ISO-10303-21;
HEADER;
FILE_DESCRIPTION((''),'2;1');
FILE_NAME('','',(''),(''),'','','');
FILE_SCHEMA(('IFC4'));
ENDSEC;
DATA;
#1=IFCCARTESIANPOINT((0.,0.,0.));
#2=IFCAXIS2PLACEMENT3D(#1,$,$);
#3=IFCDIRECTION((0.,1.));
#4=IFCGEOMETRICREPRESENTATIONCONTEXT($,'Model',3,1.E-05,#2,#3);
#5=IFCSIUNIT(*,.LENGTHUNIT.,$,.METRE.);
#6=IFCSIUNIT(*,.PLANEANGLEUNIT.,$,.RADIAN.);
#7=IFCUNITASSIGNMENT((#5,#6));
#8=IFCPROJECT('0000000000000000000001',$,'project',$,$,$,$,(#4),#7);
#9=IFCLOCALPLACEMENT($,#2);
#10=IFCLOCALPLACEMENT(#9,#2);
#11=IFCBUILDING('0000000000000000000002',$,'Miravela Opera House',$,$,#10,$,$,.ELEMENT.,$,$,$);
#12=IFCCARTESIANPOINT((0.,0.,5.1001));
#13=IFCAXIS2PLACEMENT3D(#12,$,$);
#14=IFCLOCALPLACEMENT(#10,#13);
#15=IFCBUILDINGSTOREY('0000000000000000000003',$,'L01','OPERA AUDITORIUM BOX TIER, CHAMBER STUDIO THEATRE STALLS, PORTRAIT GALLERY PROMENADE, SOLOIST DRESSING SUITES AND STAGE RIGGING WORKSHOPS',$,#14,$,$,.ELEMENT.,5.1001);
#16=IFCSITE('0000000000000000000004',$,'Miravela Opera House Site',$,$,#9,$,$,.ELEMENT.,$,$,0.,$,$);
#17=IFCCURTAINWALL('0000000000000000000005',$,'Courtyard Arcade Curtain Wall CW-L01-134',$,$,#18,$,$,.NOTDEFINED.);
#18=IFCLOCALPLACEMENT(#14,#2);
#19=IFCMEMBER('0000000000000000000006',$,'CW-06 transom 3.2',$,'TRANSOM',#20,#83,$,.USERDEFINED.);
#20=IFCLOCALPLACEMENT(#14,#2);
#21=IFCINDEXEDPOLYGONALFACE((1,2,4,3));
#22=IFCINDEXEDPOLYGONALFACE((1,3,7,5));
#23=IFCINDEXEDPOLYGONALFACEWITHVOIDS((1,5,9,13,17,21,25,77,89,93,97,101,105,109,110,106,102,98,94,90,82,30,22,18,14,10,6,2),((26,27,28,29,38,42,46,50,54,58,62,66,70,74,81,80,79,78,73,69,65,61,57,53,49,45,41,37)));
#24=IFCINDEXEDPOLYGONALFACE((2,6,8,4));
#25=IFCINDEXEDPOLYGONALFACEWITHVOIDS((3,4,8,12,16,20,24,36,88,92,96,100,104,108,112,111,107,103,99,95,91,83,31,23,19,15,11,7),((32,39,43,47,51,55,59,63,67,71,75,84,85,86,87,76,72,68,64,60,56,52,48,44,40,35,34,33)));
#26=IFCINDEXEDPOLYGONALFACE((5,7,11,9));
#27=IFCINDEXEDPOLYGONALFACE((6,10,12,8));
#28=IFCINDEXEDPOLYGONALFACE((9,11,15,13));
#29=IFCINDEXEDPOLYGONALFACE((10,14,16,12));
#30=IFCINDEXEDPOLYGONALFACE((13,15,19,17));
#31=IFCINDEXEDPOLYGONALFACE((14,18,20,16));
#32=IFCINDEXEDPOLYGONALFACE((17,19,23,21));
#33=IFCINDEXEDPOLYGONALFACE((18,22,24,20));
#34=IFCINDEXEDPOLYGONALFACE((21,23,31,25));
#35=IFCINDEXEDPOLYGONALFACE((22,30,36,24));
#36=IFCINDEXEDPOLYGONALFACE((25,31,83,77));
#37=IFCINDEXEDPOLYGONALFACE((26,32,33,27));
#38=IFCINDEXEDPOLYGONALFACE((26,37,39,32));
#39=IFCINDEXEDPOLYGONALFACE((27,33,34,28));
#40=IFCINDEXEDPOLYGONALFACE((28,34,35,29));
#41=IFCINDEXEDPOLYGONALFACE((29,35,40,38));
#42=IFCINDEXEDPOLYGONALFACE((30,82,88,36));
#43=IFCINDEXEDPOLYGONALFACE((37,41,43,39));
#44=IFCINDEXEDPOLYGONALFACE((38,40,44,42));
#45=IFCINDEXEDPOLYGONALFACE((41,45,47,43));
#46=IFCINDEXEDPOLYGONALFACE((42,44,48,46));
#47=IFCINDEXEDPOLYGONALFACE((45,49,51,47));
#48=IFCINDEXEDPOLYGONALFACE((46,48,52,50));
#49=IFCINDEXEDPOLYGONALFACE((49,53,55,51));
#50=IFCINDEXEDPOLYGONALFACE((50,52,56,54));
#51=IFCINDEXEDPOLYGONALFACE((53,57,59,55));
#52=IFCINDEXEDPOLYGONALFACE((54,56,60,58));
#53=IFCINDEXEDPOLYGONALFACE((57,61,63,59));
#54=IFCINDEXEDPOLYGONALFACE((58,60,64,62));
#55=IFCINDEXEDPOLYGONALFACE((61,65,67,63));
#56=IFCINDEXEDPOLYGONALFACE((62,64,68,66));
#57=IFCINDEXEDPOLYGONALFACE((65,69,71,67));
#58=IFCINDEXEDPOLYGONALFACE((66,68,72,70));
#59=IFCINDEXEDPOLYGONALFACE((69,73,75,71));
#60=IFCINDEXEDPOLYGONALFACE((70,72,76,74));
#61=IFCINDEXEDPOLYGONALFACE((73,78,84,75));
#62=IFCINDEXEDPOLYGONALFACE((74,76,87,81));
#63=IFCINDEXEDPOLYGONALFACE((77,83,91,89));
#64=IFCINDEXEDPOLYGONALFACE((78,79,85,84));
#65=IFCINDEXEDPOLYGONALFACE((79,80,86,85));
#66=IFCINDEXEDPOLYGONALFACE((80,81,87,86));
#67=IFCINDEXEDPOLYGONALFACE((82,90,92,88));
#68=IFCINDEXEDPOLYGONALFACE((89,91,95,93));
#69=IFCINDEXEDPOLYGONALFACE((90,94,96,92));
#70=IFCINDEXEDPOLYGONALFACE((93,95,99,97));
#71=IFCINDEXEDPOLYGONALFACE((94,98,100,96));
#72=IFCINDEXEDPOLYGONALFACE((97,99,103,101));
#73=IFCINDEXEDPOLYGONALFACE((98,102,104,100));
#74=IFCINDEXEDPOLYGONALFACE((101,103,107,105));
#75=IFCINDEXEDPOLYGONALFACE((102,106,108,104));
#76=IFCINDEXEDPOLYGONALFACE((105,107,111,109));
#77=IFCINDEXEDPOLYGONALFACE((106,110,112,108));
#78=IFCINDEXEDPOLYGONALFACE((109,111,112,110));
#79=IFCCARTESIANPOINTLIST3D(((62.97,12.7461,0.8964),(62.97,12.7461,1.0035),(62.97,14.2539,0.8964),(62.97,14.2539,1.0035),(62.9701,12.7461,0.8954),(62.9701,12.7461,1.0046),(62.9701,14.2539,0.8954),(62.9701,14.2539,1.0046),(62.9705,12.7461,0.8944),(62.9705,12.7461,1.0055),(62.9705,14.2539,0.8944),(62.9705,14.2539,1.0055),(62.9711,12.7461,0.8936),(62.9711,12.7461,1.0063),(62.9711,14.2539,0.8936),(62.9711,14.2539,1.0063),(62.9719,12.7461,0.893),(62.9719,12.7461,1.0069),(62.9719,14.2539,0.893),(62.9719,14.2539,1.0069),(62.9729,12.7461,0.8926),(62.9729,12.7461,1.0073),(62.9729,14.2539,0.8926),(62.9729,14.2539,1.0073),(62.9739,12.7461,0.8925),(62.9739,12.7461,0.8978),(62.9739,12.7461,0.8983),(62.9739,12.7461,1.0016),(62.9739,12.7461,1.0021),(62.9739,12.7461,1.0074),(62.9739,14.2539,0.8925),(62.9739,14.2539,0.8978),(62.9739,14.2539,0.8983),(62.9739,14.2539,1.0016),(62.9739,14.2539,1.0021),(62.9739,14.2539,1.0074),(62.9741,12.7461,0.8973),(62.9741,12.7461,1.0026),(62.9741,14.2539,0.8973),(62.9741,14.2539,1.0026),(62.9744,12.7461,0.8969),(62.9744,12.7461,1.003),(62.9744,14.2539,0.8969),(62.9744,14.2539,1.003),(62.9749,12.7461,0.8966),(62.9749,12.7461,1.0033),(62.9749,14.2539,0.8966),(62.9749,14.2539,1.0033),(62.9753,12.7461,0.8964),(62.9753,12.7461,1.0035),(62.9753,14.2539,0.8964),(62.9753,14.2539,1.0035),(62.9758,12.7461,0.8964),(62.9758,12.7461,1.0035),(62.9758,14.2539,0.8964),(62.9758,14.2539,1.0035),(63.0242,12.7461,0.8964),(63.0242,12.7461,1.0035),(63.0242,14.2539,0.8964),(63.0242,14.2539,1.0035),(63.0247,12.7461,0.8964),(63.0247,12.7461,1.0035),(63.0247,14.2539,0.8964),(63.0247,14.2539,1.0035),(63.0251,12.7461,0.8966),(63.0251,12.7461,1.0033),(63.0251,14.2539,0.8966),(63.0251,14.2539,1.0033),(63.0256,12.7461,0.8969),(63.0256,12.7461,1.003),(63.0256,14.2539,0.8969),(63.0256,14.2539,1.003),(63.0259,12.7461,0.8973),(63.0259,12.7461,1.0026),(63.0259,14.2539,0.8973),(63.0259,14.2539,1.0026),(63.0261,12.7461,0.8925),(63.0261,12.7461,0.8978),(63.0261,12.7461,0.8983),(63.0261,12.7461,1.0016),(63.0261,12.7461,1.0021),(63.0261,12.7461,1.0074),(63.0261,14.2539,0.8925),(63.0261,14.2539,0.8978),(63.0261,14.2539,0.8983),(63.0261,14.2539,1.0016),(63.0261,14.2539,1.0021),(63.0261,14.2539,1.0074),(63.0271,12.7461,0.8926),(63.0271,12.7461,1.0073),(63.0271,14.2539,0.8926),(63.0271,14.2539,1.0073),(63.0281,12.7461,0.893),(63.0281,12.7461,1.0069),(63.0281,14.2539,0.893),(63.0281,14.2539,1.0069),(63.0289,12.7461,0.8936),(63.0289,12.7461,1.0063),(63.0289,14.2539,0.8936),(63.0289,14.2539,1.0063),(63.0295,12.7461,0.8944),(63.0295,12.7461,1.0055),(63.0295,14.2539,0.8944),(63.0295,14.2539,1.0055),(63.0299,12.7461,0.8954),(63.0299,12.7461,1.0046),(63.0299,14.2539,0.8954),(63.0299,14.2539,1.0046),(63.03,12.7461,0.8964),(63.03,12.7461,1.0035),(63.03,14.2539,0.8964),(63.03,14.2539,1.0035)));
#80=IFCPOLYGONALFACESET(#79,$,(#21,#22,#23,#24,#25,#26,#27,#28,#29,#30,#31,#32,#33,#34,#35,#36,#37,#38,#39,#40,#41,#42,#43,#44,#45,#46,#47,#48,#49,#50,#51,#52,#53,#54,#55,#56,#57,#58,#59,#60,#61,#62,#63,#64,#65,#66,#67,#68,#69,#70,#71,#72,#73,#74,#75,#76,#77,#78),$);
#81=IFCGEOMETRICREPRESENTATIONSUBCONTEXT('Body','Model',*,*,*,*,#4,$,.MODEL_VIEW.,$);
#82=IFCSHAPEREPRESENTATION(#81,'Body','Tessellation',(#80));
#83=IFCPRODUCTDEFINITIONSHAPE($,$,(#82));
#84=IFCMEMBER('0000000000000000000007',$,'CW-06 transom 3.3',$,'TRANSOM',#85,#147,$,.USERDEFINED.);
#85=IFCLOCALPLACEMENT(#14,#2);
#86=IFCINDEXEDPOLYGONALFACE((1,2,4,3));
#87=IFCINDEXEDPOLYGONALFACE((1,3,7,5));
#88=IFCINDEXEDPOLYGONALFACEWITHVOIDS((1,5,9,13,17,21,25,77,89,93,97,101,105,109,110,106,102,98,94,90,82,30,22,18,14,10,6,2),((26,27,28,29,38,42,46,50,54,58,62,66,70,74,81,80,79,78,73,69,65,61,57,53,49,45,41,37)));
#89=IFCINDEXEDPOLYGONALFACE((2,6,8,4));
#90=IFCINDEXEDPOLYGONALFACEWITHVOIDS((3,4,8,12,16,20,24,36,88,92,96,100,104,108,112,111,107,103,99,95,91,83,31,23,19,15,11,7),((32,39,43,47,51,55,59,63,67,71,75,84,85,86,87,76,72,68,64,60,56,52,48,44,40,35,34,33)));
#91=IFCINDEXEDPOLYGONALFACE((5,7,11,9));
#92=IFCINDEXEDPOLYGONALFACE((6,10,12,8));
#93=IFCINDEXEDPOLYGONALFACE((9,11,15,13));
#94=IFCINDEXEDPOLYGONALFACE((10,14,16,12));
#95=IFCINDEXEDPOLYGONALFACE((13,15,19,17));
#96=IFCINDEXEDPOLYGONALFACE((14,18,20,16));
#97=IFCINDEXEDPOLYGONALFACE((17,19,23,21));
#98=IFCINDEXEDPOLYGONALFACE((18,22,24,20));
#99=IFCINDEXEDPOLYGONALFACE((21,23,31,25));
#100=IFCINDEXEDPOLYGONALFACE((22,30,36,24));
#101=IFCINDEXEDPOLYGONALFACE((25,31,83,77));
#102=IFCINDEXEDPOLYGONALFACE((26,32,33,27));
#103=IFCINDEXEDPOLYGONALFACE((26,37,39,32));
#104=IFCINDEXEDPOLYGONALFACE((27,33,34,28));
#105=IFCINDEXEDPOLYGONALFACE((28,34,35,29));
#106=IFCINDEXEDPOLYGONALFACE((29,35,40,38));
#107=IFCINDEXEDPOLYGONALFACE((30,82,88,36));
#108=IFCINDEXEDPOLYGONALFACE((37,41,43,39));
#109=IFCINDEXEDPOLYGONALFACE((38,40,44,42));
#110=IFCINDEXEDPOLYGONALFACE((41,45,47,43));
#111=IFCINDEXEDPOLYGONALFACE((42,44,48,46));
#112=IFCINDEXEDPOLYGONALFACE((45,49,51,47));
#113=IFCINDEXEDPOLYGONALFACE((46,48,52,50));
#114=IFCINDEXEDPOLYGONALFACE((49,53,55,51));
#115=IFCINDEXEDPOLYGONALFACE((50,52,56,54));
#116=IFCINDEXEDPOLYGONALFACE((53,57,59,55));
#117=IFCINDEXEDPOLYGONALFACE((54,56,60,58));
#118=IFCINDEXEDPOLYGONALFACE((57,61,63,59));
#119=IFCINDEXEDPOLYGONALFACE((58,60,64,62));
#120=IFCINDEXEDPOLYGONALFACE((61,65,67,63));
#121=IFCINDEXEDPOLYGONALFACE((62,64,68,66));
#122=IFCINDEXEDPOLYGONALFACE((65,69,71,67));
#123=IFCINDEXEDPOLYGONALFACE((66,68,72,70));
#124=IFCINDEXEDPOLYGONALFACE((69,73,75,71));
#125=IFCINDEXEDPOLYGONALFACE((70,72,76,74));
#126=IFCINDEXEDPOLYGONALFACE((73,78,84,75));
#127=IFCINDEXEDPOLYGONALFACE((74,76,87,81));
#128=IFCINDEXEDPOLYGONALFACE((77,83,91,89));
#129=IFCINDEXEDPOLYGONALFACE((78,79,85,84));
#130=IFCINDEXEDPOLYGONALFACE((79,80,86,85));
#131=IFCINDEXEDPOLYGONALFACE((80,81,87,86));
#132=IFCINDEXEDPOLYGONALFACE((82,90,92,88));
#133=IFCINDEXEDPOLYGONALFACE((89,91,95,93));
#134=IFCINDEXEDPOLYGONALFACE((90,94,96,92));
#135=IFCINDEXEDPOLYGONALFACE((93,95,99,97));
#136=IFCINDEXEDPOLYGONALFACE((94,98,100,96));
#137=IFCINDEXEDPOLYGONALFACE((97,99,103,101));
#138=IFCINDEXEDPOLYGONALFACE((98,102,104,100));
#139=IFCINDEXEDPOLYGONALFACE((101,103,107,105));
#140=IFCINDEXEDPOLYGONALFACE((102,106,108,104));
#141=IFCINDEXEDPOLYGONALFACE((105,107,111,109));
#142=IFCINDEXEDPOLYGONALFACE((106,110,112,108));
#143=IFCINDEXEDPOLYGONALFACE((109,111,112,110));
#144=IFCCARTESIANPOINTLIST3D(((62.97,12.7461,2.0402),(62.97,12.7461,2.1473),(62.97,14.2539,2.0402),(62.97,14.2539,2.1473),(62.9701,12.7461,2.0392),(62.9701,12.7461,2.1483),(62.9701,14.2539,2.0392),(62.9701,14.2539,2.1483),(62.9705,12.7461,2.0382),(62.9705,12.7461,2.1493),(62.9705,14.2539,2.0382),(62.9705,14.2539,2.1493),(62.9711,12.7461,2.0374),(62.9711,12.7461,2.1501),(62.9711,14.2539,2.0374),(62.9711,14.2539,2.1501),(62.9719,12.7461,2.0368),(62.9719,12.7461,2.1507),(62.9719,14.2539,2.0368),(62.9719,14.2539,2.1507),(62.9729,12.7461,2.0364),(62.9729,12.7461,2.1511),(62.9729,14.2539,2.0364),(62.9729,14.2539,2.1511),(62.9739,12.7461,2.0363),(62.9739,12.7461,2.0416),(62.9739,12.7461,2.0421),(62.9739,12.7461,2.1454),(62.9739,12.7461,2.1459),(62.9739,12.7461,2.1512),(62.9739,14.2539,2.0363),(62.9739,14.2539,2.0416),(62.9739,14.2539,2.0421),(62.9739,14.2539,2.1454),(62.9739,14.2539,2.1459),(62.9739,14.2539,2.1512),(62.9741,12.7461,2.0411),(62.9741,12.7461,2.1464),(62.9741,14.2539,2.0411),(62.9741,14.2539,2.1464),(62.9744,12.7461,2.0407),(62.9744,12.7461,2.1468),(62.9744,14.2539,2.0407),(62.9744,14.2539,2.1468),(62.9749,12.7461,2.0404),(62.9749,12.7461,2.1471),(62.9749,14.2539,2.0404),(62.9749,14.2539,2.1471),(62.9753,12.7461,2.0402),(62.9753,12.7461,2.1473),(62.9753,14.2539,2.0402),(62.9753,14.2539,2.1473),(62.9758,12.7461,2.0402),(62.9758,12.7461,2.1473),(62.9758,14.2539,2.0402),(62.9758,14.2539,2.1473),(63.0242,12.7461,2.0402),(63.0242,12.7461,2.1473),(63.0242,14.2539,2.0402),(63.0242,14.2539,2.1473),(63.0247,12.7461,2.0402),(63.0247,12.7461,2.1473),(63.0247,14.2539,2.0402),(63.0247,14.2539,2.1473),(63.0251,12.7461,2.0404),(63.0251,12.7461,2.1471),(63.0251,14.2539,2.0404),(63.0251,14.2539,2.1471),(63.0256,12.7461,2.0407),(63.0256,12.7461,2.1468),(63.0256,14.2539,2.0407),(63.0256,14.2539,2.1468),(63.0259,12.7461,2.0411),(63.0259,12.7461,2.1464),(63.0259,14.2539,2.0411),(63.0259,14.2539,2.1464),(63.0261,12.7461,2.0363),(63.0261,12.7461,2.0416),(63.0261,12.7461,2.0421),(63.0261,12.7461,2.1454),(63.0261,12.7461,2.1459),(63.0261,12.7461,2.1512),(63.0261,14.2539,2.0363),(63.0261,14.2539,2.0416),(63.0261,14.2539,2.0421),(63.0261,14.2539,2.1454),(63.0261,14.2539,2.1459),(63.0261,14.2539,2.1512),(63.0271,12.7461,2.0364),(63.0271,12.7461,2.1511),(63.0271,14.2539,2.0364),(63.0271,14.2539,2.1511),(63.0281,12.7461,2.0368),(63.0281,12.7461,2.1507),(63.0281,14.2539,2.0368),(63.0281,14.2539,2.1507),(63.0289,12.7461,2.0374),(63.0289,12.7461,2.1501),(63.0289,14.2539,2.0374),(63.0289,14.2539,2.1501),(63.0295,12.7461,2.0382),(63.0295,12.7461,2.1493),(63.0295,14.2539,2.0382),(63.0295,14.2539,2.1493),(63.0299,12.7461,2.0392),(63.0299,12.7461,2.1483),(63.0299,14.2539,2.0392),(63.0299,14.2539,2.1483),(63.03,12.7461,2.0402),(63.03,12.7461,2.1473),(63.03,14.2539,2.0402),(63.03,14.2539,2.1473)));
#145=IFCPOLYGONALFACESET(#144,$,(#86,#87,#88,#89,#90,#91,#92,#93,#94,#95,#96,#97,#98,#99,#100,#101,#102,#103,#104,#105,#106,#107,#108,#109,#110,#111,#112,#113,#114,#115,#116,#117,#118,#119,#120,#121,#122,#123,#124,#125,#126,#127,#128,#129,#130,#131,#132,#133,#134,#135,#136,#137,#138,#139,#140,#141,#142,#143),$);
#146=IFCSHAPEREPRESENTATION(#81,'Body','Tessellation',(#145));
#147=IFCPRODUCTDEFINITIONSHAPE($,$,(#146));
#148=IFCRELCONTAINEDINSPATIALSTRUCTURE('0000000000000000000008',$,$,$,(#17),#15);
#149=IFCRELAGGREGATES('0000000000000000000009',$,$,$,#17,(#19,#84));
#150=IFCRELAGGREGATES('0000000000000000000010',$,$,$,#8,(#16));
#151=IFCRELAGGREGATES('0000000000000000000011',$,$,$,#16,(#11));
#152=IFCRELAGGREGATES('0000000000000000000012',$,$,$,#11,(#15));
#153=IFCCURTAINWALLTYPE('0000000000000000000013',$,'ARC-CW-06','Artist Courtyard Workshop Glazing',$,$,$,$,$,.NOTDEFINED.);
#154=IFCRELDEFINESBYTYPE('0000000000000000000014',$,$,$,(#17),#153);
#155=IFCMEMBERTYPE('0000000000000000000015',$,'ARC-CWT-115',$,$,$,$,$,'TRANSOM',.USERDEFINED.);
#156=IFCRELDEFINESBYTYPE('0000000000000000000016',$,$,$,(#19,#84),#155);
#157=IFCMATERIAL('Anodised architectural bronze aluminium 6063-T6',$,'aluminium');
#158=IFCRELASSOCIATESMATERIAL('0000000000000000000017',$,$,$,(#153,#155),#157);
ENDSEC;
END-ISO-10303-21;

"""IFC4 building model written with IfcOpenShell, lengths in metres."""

from ifc_helpers import new_model, si_unit, direction, frame, origin, origin_2d, place, context, subcontext, project, spatial, hollow_rectangle, extrude, material, material_profile, profile_set, type_object, element, aggregate, save


model = new_model("IFC4")

# Units and contexts
model_context = context("Model", 3, precision=1e-05, world=origin(), true_north=direction((0.0, 1.0)))
body_context = subcontext(model_context, "Body", "Model", "MODEL_VIEW")
ifc_project = project(units=[si_unit("LENGTHUNIT", "METRE"), si_unit("PLANEANGLEUNIT", "RADIAN")], contexts=[model_context])

# Site, building, storey
site_placement = place(None, origin())
site = spatial("IfcSite", under=ifc_project, at=site_placement, Name="Miravela Opera House Site", CompositionType="ELEMENT", RefElevation=0.0)
building_placement = place(site_placement, origin())
building = spatial("IfcBuilding", under=site, at=building_placement, Name="Miravela Opera House", CompositionType="ELEMENT")
storey_placement = place(building_placement, frame((0.0, 0.0, 5.1001)))
storey = spatial("IfcBuildingStorey", under=building, at=storey_placement, Name="L01", Description="OPERA AUDITORIUM BOX TIER, CHAMBER STUDIO THEATRE STALLS, PORTRAIT GALLERY PROMENADE, SOLOIST DRESSING SUITES AND STAGE RIGGING WORKSHOPS", CompositionType="ELEMENT", Elevation=5.1001)

# Curtain wall, members
ifc_material_1 = material(Name="Anodised architectural bronze aluminium 6063-T6", Category="aluminium")
curtain_wall_type = type_object("IfcCurtainWallType", Name="ARC-CW-06", Description="Artist Courtyard Workshop Glazing", PredefinedType="NOTDEFINED", material=ifc_material_1)
curtain_wall_placement = place(storey_placement, origin())
curtain_wall = element("IfcCurtainWall", 1, at=curtain_wall_placement, inside=storey, type_object=curtain_wall_type, Name="Courtyard Arcade Curtain Wall CW-L01-134", PredefinedType="NOTDEFINED")
ifc_material_profile_1 = material_profile(ifc_material_1, hollow_rectangle(XDim=0.0601, YDim=0.115, WallThickness=0.0039, InnerFilletRadius=0.002, OuterFilletRadius=0.0039, at=origin_2d()), Name="CWT-60X115")
ifc_profile_set_1 = profile_set([ifc_material_profile_1])
member_type_1 = type_object("IfcMemberType", Name="ARC-CWT-115", ElementType="TRANSOM", PredefinedType="USERDEFINED", material=ifc_profile_set_1)
member_1_placement = place(storey_placement, frame((63.0, 12.7461, 0.95), z_axis=(0.0, 1.0, 0.0), x_axis=(-1.0, 0.0, 0.0)))
member_1 = element("IfcMember", 2, at=member_1_placement, type_object=member_type_1, Name="CW-06 transom 3.2", ObjectType="TRANSOM", PredefinedType="USERDEFINED", context=body_context, shape_type="SweptSolid", body=[
    extrude(hollow_rectangle(XDim=0.0601, YDim=0.115, WallThickness=0.0039, InnerFilletRadius=0.002, OuterFilletRadius=0.0039, at=origin_2d()), origin(), (0.0, 0.0, 1.0), 1.5078),
])
member_2_placement = place(storey_placement, frame((63.0, 12.7461, 2.0938), z_axis=(0.0, 1.0, 0.0), x_axis=(-1.0, 0.0, 0.0)))
member_2 = element("IfcMember", 3, at=member_2_placement, type_object=member_type_1, Name="CW-06 transom 3.3", ObjectType="TRANSOM", PredefinedType="USERDEFINED", context=body_context, shape_type="SweptSolid", body=[
    extrude(hollow_rectangle(XDim=0.0601, YDim=0.115, WallThickness=0.0039, InnerFilletRadius=0.002, OuterFilletRadius=0.0039, at=origin_2d()), origin(), (0.0, 0.0, 1.0), 1.5078),
])

aggregate(curtain_wall, [member_1, member_2])

save(model, "model.ifc")
